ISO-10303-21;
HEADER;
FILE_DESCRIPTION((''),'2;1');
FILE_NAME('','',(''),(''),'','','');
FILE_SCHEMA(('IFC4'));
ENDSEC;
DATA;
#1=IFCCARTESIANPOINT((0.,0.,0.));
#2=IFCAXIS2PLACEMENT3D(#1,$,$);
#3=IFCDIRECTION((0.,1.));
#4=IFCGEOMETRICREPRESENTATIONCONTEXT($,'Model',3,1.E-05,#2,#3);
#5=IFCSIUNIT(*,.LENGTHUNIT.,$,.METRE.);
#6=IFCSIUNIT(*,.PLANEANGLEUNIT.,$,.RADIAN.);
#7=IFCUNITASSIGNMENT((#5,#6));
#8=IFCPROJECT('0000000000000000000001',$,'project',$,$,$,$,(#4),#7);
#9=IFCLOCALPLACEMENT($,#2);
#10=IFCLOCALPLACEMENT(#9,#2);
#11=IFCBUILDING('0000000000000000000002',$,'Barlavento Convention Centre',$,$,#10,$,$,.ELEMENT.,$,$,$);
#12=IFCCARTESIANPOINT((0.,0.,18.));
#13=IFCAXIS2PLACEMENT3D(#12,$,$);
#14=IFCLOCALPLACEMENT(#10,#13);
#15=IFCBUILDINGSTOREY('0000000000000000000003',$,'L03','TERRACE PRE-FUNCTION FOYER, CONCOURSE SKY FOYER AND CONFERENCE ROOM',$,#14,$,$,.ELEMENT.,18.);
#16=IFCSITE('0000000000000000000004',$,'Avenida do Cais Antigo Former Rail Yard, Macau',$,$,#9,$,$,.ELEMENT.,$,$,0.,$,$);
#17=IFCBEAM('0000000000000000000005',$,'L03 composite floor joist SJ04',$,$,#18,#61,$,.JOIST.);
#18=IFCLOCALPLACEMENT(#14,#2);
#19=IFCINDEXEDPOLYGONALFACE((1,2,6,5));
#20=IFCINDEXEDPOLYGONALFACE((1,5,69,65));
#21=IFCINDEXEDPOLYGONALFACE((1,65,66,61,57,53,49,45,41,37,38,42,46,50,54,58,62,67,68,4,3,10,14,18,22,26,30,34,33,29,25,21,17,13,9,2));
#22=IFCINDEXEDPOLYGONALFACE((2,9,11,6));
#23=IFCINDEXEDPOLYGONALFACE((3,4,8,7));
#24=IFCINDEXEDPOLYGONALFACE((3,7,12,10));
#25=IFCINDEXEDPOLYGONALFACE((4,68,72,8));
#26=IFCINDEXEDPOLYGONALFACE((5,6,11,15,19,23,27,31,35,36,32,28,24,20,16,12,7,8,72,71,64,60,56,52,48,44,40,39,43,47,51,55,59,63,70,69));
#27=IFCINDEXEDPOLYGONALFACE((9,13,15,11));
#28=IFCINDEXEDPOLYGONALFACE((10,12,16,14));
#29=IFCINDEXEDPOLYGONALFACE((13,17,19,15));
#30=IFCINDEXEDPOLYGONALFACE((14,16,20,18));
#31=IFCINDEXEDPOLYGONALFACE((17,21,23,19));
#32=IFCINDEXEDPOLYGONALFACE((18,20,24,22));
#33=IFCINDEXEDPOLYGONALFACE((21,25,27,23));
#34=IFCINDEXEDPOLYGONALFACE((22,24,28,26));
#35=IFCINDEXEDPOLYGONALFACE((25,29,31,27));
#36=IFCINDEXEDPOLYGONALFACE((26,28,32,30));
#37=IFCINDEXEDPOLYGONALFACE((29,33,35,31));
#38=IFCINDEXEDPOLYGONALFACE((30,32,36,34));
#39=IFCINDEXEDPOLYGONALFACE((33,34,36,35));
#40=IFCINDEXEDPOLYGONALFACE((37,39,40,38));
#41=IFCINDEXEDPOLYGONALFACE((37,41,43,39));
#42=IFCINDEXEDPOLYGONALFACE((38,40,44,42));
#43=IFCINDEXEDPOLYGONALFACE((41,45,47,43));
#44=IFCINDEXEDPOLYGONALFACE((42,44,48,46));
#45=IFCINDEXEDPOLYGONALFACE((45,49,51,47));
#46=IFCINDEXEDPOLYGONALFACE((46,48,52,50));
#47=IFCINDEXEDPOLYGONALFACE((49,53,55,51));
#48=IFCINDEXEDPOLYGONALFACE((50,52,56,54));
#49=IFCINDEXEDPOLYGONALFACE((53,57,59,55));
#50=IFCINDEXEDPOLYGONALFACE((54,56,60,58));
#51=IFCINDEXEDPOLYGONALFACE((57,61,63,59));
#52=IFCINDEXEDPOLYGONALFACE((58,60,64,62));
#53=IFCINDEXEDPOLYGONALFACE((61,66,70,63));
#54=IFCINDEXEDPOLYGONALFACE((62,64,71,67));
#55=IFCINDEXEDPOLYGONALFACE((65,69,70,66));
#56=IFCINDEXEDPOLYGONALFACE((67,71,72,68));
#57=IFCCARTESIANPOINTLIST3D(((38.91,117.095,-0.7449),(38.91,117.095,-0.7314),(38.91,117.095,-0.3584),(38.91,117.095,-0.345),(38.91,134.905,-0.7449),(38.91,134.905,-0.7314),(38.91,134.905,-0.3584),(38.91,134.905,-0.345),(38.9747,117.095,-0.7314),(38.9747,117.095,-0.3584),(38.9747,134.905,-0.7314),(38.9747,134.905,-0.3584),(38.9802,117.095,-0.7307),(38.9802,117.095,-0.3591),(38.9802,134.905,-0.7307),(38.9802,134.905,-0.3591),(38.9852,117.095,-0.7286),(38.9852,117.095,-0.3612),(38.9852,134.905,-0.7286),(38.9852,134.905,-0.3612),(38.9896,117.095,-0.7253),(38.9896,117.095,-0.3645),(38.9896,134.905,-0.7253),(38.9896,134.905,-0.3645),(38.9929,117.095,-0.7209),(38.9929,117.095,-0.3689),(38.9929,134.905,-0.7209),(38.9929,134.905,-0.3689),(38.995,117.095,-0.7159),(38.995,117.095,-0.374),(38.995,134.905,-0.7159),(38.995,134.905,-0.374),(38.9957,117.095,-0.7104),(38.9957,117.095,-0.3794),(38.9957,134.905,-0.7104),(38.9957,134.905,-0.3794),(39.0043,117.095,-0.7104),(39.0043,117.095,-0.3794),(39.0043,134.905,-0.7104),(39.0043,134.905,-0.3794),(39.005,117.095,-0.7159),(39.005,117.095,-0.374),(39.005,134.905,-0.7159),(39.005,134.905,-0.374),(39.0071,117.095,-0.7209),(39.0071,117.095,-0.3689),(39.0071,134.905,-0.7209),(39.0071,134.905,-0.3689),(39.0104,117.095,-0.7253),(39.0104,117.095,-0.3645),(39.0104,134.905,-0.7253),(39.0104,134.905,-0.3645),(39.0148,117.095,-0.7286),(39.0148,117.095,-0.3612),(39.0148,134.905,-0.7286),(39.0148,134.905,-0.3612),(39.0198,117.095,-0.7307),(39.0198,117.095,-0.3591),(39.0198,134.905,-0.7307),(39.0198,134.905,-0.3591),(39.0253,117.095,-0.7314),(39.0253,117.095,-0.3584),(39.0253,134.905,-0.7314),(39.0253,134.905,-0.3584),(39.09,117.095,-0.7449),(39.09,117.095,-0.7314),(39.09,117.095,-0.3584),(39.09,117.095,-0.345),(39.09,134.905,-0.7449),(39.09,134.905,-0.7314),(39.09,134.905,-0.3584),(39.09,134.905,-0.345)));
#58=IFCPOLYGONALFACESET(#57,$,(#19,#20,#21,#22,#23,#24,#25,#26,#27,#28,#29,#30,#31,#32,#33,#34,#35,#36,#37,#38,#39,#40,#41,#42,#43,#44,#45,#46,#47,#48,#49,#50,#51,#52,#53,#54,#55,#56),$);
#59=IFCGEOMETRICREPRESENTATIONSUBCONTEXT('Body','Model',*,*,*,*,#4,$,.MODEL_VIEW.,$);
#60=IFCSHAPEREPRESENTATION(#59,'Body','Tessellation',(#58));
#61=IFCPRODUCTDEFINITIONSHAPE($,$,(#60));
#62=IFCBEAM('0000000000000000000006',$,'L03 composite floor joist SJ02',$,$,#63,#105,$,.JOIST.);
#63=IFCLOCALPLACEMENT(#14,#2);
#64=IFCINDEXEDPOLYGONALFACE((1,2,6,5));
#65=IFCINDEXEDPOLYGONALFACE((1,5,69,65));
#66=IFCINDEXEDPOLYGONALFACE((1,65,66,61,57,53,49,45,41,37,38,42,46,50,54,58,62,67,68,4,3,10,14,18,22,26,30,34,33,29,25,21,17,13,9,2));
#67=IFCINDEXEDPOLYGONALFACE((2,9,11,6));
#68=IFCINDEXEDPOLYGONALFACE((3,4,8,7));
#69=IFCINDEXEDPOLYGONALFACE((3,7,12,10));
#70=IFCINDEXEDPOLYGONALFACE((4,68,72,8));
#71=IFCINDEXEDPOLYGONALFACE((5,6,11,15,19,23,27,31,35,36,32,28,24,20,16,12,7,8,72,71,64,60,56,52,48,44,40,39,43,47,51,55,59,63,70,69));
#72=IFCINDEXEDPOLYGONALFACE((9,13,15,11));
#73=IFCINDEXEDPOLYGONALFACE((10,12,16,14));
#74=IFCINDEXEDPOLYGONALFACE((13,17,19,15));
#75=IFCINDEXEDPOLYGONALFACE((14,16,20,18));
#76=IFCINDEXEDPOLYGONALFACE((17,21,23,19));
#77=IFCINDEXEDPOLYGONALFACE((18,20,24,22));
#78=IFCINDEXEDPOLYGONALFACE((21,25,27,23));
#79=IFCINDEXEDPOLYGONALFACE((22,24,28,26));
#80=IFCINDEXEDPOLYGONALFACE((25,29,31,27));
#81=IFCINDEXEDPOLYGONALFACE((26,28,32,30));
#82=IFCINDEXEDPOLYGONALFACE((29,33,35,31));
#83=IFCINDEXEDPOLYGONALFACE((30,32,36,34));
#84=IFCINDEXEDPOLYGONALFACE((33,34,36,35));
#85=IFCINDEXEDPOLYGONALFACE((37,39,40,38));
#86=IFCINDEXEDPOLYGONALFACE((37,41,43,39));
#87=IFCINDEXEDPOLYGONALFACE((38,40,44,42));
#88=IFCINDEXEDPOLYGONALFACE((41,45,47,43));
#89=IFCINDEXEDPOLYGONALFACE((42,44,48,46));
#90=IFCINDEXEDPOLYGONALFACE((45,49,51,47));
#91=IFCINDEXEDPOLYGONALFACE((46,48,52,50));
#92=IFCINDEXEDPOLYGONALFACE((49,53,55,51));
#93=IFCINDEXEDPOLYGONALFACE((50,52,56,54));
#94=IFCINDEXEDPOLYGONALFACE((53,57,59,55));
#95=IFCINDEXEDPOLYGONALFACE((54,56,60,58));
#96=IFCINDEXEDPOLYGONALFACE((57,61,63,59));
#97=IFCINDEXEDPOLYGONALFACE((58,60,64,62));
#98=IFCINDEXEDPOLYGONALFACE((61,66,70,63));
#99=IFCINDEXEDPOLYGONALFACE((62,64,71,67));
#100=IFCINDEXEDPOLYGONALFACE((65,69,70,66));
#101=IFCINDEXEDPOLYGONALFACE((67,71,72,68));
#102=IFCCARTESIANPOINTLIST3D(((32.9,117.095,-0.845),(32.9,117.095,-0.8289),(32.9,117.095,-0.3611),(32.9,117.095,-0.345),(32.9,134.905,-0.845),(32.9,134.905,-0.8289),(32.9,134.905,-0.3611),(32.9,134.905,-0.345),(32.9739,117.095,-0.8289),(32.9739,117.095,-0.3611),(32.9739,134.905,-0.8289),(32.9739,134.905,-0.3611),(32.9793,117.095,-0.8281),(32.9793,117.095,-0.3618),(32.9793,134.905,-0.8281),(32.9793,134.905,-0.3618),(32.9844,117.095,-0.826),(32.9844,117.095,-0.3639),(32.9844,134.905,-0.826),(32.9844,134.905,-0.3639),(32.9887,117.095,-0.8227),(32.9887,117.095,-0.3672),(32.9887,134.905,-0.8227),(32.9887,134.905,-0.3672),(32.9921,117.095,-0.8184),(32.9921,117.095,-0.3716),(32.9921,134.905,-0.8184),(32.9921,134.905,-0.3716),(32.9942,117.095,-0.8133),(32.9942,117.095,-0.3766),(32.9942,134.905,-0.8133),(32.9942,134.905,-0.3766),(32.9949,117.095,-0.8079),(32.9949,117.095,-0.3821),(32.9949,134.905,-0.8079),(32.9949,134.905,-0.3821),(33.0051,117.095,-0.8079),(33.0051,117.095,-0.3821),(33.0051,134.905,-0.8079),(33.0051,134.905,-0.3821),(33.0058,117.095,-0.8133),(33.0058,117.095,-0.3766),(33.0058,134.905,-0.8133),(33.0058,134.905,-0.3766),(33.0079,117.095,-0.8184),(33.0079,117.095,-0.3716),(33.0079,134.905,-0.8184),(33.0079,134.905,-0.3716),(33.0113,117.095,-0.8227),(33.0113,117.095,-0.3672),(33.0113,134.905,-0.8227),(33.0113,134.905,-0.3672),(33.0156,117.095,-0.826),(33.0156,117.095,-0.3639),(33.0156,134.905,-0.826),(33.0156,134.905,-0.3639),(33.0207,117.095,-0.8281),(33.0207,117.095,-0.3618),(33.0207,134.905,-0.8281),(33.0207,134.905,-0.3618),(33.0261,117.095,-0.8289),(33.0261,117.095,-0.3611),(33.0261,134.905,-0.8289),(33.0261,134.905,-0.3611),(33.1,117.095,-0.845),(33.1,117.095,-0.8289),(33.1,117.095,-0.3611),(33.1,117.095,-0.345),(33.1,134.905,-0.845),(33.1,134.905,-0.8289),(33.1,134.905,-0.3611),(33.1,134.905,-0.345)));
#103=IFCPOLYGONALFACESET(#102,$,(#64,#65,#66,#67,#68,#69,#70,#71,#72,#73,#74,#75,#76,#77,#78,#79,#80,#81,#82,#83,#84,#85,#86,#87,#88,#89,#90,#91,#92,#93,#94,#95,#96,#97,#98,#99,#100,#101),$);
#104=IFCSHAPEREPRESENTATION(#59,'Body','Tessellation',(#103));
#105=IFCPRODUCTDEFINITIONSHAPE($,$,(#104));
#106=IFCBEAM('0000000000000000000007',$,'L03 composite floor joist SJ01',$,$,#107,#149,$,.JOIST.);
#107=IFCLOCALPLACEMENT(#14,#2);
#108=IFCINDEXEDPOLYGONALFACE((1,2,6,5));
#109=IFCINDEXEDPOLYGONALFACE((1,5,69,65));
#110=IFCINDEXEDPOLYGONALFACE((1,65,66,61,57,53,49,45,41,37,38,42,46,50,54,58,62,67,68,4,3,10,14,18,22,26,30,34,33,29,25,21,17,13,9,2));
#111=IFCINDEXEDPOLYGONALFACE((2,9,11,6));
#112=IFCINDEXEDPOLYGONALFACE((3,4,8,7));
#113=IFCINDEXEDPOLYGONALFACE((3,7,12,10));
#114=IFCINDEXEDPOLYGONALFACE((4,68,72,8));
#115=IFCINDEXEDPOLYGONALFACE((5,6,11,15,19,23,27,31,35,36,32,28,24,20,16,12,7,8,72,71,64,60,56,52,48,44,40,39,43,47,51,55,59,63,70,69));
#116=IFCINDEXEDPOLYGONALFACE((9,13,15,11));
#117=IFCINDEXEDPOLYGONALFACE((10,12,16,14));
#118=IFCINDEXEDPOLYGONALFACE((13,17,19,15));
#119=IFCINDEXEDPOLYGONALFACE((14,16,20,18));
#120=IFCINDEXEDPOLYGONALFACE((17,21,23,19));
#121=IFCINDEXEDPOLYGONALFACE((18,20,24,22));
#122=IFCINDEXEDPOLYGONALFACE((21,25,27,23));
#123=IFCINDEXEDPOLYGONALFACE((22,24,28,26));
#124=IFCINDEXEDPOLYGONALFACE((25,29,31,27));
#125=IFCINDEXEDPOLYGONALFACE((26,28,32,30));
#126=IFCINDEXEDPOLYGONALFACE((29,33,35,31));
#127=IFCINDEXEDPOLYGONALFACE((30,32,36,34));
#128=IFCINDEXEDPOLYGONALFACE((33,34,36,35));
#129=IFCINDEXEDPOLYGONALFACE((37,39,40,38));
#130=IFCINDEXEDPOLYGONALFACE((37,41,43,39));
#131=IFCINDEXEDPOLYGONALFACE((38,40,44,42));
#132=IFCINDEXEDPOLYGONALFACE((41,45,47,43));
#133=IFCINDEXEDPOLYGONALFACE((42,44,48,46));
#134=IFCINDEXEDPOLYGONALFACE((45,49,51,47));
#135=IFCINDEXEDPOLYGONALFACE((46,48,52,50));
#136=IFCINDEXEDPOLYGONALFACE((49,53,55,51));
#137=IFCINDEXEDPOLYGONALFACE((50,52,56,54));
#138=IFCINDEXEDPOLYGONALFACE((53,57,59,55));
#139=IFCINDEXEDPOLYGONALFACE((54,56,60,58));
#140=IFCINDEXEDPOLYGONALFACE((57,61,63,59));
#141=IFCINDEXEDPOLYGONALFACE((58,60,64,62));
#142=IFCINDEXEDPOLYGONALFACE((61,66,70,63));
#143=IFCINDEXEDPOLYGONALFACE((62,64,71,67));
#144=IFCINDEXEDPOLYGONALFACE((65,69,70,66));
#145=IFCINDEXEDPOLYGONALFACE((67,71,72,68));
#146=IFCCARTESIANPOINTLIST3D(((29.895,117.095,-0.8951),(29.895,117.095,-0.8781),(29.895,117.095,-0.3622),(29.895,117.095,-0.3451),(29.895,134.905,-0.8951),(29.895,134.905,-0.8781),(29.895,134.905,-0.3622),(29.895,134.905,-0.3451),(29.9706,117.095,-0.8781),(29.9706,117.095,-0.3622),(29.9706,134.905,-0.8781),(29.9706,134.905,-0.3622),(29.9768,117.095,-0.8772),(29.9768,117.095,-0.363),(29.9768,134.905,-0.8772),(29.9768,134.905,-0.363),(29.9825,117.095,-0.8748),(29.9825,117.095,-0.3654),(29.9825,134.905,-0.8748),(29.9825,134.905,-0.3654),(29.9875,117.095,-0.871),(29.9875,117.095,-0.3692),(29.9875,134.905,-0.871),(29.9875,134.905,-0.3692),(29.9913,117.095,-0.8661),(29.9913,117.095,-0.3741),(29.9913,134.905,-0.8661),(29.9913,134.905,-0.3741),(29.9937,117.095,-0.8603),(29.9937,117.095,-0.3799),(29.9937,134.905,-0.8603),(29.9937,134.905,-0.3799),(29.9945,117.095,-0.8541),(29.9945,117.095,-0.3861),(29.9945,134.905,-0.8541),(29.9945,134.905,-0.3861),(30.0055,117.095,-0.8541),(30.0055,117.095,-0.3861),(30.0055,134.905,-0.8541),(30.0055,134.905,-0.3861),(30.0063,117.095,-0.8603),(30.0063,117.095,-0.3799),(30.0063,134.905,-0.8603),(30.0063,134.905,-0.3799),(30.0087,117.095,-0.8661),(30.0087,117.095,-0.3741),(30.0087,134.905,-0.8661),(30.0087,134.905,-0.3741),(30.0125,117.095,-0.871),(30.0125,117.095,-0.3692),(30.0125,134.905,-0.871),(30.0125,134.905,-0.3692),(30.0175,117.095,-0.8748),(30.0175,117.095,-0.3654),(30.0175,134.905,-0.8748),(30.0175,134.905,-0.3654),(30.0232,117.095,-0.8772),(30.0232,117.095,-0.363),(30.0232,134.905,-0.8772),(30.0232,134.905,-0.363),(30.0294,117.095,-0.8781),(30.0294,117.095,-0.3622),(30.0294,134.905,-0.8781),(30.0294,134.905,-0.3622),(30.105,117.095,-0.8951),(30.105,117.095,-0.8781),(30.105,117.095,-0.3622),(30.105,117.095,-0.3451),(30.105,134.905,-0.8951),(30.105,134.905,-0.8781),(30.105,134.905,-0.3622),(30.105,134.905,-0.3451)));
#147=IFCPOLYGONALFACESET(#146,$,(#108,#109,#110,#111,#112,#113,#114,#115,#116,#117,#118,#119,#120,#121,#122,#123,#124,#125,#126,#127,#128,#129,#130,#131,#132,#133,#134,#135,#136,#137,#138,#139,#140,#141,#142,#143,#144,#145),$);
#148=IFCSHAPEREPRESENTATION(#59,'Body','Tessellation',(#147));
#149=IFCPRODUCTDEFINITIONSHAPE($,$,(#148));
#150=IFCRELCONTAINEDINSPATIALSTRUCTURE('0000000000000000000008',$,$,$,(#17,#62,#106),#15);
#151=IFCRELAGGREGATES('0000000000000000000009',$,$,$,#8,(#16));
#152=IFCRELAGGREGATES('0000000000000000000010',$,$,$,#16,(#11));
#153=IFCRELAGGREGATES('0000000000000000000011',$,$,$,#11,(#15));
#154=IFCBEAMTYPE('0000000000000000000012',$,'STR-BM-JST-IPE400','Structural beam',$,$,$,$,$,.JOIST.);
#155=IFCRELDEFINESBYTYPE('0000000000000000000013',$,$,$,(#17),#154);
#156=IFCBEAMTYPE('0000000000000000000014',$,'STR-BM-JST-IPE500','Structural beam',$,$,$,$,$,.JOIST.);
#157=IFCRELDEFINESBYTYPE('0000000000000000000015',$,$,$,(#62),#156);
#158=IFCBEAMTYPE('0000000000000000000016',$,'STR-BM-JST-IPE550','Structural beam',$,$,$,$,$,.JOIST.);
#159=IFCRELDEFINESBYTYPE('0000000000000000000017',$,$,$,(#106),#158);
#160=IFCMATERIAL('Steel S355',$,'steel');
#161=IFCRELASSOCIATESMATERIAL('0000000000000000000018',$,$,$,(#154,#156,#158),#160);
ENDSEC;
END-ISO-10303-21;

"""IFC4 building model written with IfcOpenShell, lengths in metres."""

from ifc_helpers import new_model, si_unit, direction, frame, origin, origin_2d, place, context, subcontext, project, spatial, i_section, extrude, material, material_profile, profile_set, type_object, element, save


model = new_model("IFC4")

# Units and contexts
model_context = context("Model", 3, precision=1e-05, world=origin(), true_north=direction((0.0, 1.0)))
body_context = subcontext(model_context, "Body", "Model", "MODEL_VIEW")
ifc_project = project(units=[si_unit("LENGTHUNIT", "METRE"), si_unit("PLANEANGLEUNIT", "RADIAN")], contexts=[model_context])

# Site, building, storey
site_placement = place(None, origin())
site = spatial("IfcSite", under=ifc_project, at=site_placement, Name="Avenida do Cais Antigo Former Rail Yard, Macau", CompositionType="ELEMENT", RefElevation=0.0)
building_placement = place(site_placement, origin())
building = spatial("IfcBuilding", under=site, at=building_placement, Name="Barlavento Convention Centre", CompositionType="ELEMENT")
storey_placement = place(building_placement, frame((0.0, 0.0, 18.0)))
storey = spatial("IfcBuildingStorey", under=building, at=storey_placement, Name="L03", Description="TERRACE PRE-FUNCTION FOYER, CONCOURSE SKY FOYER AND CONFERENCE ROOM", CompositionType="ELEMENT", Elevation=18.0)

# Beams
ifc_material_1 = material(Name="Steel S355", Category="steel")
ifc_material_profile_1 = material_profile(ifc_material_1, i_section(OverallWidth=0.1799, OverallDepth=0.3999, WebThickness=0.0085, FlangeThickness=0.0134, FilletRadius=0.021, at=origin_2d()), Name="IPE 400")
ifc_profile_set_1 = profile_set([ifc_material_profile_1], Name="Steel S355")
beam_type_1 = type_object("IfcBeamType", Name="STR-BM-JST-IPE400", Description="Structural beam", PredefinedType="JOIST", material=ifc_profile_set_1)
beam_1_placement = place(storey_placement, frame((39.0, 117.095, -0.5449), z_axis=(0.0, 1.0, 0.0), x_axis=(-1.0, 0.0, 0.0)))
element("IfcBeam", 1, at=beam_1_placement, inside=storey, type_object=beam_type_1, Name="L03 composite floor joist SJ04", PredefinedType="JOIST", context=body_context, shape_type="SweptSolid", body=[
    extrude(i_section(OverallWidth=0.1799, OverallDepth=0.3999, WebThickness=0.0085, FlangeThickness=0.0134, FilletRadius=0.021, at=origin_2d()), origin(), (0.0, 0.0, 1.0), 17.8101),
])
ifc_material_profile_2 = material_profile(ifc_material_1, i_section(OverallWidth=0.2, OverallDepth=0.5, WebThickness=0.0103, FlangeThickness=0.0161, FilletRadius=0.021, at=origin_2d()), Name="IPE 500")
ifc_profile_set_2 = profile_set([ifc_material_profile_2], Name="Steel S355")
beam_type_2 = type_object("IfcBeamType", Name="STR-BM-JST-IPE500", Description="Structural beam", PredefinedType="JOIST", material=ifc_profile_set_2)
beam_2_placement = place(storey_placement, frame((33.0, 117.095, -0.595), z_axis=(0.0, 1.0, 0.0), x_axis=(-1.0, 0.0, 0.0)))
element("IfcBeam", 2, at=beam_2_placement, inside=storey, type_object=beam_type_2, Name="L03 composite floor joist SJ02", PredefinedType="JOIST", context=body_context, shape_type="SweptSolid", body=[
    extrude(i_section(OverallWidth=0.2, OverallDepth=0.5, WebThickness=0.0103, FlangeThickness=0.0161, FilletRadius=0.021, at=origin_2d()), origin(), (0.0, 0.0, 1.0), 17.8101),
])
ifc_material_profile_3 = material_profile(ifc_material_1, i_section(OverallWidth=0.21, OverallDepth=0.55, WebThickness=0.011, FlangeThickness=0.0171, FilletRadius=0.0239, at=origin_2d()), Name="IPE 550")
ifc_profile_set_3 = profile_set([ifc_material_profile_3], Name="Steel S355")
beam_type_3 = type_object("IfcBeamType", Name="STR-BM-JST-IPE550", Description="Structural beam", PredefinedType="JOIST", material=ifc_profile_set_3)
beam_3_placement = place(storey_placement, frame((30.0, 117.095, -0.6201), z_axis=(0.0, 1.0, 0.0), x_axis=(-1.0, 0.0, 0.0)))
element("IfcBeam", 3, at=beam_3_placement, inside=storey, type_object=beam_type_3, Name="L03 composite floor joist SJ01", PredefinedType="JOIST", context=body_context, shape_type="SweptSolid", body=[
    extrude(i_section(OverallWidth=0.21, OverallDepth=0.55, WebThickness=0.011, FlangeThickness=0.0171, FilletRadius=0.0239, at=origin_2d()), origin(), (0.0, 0.0, 1.0), 17.8101),
])

save(model, "model.ifc")
